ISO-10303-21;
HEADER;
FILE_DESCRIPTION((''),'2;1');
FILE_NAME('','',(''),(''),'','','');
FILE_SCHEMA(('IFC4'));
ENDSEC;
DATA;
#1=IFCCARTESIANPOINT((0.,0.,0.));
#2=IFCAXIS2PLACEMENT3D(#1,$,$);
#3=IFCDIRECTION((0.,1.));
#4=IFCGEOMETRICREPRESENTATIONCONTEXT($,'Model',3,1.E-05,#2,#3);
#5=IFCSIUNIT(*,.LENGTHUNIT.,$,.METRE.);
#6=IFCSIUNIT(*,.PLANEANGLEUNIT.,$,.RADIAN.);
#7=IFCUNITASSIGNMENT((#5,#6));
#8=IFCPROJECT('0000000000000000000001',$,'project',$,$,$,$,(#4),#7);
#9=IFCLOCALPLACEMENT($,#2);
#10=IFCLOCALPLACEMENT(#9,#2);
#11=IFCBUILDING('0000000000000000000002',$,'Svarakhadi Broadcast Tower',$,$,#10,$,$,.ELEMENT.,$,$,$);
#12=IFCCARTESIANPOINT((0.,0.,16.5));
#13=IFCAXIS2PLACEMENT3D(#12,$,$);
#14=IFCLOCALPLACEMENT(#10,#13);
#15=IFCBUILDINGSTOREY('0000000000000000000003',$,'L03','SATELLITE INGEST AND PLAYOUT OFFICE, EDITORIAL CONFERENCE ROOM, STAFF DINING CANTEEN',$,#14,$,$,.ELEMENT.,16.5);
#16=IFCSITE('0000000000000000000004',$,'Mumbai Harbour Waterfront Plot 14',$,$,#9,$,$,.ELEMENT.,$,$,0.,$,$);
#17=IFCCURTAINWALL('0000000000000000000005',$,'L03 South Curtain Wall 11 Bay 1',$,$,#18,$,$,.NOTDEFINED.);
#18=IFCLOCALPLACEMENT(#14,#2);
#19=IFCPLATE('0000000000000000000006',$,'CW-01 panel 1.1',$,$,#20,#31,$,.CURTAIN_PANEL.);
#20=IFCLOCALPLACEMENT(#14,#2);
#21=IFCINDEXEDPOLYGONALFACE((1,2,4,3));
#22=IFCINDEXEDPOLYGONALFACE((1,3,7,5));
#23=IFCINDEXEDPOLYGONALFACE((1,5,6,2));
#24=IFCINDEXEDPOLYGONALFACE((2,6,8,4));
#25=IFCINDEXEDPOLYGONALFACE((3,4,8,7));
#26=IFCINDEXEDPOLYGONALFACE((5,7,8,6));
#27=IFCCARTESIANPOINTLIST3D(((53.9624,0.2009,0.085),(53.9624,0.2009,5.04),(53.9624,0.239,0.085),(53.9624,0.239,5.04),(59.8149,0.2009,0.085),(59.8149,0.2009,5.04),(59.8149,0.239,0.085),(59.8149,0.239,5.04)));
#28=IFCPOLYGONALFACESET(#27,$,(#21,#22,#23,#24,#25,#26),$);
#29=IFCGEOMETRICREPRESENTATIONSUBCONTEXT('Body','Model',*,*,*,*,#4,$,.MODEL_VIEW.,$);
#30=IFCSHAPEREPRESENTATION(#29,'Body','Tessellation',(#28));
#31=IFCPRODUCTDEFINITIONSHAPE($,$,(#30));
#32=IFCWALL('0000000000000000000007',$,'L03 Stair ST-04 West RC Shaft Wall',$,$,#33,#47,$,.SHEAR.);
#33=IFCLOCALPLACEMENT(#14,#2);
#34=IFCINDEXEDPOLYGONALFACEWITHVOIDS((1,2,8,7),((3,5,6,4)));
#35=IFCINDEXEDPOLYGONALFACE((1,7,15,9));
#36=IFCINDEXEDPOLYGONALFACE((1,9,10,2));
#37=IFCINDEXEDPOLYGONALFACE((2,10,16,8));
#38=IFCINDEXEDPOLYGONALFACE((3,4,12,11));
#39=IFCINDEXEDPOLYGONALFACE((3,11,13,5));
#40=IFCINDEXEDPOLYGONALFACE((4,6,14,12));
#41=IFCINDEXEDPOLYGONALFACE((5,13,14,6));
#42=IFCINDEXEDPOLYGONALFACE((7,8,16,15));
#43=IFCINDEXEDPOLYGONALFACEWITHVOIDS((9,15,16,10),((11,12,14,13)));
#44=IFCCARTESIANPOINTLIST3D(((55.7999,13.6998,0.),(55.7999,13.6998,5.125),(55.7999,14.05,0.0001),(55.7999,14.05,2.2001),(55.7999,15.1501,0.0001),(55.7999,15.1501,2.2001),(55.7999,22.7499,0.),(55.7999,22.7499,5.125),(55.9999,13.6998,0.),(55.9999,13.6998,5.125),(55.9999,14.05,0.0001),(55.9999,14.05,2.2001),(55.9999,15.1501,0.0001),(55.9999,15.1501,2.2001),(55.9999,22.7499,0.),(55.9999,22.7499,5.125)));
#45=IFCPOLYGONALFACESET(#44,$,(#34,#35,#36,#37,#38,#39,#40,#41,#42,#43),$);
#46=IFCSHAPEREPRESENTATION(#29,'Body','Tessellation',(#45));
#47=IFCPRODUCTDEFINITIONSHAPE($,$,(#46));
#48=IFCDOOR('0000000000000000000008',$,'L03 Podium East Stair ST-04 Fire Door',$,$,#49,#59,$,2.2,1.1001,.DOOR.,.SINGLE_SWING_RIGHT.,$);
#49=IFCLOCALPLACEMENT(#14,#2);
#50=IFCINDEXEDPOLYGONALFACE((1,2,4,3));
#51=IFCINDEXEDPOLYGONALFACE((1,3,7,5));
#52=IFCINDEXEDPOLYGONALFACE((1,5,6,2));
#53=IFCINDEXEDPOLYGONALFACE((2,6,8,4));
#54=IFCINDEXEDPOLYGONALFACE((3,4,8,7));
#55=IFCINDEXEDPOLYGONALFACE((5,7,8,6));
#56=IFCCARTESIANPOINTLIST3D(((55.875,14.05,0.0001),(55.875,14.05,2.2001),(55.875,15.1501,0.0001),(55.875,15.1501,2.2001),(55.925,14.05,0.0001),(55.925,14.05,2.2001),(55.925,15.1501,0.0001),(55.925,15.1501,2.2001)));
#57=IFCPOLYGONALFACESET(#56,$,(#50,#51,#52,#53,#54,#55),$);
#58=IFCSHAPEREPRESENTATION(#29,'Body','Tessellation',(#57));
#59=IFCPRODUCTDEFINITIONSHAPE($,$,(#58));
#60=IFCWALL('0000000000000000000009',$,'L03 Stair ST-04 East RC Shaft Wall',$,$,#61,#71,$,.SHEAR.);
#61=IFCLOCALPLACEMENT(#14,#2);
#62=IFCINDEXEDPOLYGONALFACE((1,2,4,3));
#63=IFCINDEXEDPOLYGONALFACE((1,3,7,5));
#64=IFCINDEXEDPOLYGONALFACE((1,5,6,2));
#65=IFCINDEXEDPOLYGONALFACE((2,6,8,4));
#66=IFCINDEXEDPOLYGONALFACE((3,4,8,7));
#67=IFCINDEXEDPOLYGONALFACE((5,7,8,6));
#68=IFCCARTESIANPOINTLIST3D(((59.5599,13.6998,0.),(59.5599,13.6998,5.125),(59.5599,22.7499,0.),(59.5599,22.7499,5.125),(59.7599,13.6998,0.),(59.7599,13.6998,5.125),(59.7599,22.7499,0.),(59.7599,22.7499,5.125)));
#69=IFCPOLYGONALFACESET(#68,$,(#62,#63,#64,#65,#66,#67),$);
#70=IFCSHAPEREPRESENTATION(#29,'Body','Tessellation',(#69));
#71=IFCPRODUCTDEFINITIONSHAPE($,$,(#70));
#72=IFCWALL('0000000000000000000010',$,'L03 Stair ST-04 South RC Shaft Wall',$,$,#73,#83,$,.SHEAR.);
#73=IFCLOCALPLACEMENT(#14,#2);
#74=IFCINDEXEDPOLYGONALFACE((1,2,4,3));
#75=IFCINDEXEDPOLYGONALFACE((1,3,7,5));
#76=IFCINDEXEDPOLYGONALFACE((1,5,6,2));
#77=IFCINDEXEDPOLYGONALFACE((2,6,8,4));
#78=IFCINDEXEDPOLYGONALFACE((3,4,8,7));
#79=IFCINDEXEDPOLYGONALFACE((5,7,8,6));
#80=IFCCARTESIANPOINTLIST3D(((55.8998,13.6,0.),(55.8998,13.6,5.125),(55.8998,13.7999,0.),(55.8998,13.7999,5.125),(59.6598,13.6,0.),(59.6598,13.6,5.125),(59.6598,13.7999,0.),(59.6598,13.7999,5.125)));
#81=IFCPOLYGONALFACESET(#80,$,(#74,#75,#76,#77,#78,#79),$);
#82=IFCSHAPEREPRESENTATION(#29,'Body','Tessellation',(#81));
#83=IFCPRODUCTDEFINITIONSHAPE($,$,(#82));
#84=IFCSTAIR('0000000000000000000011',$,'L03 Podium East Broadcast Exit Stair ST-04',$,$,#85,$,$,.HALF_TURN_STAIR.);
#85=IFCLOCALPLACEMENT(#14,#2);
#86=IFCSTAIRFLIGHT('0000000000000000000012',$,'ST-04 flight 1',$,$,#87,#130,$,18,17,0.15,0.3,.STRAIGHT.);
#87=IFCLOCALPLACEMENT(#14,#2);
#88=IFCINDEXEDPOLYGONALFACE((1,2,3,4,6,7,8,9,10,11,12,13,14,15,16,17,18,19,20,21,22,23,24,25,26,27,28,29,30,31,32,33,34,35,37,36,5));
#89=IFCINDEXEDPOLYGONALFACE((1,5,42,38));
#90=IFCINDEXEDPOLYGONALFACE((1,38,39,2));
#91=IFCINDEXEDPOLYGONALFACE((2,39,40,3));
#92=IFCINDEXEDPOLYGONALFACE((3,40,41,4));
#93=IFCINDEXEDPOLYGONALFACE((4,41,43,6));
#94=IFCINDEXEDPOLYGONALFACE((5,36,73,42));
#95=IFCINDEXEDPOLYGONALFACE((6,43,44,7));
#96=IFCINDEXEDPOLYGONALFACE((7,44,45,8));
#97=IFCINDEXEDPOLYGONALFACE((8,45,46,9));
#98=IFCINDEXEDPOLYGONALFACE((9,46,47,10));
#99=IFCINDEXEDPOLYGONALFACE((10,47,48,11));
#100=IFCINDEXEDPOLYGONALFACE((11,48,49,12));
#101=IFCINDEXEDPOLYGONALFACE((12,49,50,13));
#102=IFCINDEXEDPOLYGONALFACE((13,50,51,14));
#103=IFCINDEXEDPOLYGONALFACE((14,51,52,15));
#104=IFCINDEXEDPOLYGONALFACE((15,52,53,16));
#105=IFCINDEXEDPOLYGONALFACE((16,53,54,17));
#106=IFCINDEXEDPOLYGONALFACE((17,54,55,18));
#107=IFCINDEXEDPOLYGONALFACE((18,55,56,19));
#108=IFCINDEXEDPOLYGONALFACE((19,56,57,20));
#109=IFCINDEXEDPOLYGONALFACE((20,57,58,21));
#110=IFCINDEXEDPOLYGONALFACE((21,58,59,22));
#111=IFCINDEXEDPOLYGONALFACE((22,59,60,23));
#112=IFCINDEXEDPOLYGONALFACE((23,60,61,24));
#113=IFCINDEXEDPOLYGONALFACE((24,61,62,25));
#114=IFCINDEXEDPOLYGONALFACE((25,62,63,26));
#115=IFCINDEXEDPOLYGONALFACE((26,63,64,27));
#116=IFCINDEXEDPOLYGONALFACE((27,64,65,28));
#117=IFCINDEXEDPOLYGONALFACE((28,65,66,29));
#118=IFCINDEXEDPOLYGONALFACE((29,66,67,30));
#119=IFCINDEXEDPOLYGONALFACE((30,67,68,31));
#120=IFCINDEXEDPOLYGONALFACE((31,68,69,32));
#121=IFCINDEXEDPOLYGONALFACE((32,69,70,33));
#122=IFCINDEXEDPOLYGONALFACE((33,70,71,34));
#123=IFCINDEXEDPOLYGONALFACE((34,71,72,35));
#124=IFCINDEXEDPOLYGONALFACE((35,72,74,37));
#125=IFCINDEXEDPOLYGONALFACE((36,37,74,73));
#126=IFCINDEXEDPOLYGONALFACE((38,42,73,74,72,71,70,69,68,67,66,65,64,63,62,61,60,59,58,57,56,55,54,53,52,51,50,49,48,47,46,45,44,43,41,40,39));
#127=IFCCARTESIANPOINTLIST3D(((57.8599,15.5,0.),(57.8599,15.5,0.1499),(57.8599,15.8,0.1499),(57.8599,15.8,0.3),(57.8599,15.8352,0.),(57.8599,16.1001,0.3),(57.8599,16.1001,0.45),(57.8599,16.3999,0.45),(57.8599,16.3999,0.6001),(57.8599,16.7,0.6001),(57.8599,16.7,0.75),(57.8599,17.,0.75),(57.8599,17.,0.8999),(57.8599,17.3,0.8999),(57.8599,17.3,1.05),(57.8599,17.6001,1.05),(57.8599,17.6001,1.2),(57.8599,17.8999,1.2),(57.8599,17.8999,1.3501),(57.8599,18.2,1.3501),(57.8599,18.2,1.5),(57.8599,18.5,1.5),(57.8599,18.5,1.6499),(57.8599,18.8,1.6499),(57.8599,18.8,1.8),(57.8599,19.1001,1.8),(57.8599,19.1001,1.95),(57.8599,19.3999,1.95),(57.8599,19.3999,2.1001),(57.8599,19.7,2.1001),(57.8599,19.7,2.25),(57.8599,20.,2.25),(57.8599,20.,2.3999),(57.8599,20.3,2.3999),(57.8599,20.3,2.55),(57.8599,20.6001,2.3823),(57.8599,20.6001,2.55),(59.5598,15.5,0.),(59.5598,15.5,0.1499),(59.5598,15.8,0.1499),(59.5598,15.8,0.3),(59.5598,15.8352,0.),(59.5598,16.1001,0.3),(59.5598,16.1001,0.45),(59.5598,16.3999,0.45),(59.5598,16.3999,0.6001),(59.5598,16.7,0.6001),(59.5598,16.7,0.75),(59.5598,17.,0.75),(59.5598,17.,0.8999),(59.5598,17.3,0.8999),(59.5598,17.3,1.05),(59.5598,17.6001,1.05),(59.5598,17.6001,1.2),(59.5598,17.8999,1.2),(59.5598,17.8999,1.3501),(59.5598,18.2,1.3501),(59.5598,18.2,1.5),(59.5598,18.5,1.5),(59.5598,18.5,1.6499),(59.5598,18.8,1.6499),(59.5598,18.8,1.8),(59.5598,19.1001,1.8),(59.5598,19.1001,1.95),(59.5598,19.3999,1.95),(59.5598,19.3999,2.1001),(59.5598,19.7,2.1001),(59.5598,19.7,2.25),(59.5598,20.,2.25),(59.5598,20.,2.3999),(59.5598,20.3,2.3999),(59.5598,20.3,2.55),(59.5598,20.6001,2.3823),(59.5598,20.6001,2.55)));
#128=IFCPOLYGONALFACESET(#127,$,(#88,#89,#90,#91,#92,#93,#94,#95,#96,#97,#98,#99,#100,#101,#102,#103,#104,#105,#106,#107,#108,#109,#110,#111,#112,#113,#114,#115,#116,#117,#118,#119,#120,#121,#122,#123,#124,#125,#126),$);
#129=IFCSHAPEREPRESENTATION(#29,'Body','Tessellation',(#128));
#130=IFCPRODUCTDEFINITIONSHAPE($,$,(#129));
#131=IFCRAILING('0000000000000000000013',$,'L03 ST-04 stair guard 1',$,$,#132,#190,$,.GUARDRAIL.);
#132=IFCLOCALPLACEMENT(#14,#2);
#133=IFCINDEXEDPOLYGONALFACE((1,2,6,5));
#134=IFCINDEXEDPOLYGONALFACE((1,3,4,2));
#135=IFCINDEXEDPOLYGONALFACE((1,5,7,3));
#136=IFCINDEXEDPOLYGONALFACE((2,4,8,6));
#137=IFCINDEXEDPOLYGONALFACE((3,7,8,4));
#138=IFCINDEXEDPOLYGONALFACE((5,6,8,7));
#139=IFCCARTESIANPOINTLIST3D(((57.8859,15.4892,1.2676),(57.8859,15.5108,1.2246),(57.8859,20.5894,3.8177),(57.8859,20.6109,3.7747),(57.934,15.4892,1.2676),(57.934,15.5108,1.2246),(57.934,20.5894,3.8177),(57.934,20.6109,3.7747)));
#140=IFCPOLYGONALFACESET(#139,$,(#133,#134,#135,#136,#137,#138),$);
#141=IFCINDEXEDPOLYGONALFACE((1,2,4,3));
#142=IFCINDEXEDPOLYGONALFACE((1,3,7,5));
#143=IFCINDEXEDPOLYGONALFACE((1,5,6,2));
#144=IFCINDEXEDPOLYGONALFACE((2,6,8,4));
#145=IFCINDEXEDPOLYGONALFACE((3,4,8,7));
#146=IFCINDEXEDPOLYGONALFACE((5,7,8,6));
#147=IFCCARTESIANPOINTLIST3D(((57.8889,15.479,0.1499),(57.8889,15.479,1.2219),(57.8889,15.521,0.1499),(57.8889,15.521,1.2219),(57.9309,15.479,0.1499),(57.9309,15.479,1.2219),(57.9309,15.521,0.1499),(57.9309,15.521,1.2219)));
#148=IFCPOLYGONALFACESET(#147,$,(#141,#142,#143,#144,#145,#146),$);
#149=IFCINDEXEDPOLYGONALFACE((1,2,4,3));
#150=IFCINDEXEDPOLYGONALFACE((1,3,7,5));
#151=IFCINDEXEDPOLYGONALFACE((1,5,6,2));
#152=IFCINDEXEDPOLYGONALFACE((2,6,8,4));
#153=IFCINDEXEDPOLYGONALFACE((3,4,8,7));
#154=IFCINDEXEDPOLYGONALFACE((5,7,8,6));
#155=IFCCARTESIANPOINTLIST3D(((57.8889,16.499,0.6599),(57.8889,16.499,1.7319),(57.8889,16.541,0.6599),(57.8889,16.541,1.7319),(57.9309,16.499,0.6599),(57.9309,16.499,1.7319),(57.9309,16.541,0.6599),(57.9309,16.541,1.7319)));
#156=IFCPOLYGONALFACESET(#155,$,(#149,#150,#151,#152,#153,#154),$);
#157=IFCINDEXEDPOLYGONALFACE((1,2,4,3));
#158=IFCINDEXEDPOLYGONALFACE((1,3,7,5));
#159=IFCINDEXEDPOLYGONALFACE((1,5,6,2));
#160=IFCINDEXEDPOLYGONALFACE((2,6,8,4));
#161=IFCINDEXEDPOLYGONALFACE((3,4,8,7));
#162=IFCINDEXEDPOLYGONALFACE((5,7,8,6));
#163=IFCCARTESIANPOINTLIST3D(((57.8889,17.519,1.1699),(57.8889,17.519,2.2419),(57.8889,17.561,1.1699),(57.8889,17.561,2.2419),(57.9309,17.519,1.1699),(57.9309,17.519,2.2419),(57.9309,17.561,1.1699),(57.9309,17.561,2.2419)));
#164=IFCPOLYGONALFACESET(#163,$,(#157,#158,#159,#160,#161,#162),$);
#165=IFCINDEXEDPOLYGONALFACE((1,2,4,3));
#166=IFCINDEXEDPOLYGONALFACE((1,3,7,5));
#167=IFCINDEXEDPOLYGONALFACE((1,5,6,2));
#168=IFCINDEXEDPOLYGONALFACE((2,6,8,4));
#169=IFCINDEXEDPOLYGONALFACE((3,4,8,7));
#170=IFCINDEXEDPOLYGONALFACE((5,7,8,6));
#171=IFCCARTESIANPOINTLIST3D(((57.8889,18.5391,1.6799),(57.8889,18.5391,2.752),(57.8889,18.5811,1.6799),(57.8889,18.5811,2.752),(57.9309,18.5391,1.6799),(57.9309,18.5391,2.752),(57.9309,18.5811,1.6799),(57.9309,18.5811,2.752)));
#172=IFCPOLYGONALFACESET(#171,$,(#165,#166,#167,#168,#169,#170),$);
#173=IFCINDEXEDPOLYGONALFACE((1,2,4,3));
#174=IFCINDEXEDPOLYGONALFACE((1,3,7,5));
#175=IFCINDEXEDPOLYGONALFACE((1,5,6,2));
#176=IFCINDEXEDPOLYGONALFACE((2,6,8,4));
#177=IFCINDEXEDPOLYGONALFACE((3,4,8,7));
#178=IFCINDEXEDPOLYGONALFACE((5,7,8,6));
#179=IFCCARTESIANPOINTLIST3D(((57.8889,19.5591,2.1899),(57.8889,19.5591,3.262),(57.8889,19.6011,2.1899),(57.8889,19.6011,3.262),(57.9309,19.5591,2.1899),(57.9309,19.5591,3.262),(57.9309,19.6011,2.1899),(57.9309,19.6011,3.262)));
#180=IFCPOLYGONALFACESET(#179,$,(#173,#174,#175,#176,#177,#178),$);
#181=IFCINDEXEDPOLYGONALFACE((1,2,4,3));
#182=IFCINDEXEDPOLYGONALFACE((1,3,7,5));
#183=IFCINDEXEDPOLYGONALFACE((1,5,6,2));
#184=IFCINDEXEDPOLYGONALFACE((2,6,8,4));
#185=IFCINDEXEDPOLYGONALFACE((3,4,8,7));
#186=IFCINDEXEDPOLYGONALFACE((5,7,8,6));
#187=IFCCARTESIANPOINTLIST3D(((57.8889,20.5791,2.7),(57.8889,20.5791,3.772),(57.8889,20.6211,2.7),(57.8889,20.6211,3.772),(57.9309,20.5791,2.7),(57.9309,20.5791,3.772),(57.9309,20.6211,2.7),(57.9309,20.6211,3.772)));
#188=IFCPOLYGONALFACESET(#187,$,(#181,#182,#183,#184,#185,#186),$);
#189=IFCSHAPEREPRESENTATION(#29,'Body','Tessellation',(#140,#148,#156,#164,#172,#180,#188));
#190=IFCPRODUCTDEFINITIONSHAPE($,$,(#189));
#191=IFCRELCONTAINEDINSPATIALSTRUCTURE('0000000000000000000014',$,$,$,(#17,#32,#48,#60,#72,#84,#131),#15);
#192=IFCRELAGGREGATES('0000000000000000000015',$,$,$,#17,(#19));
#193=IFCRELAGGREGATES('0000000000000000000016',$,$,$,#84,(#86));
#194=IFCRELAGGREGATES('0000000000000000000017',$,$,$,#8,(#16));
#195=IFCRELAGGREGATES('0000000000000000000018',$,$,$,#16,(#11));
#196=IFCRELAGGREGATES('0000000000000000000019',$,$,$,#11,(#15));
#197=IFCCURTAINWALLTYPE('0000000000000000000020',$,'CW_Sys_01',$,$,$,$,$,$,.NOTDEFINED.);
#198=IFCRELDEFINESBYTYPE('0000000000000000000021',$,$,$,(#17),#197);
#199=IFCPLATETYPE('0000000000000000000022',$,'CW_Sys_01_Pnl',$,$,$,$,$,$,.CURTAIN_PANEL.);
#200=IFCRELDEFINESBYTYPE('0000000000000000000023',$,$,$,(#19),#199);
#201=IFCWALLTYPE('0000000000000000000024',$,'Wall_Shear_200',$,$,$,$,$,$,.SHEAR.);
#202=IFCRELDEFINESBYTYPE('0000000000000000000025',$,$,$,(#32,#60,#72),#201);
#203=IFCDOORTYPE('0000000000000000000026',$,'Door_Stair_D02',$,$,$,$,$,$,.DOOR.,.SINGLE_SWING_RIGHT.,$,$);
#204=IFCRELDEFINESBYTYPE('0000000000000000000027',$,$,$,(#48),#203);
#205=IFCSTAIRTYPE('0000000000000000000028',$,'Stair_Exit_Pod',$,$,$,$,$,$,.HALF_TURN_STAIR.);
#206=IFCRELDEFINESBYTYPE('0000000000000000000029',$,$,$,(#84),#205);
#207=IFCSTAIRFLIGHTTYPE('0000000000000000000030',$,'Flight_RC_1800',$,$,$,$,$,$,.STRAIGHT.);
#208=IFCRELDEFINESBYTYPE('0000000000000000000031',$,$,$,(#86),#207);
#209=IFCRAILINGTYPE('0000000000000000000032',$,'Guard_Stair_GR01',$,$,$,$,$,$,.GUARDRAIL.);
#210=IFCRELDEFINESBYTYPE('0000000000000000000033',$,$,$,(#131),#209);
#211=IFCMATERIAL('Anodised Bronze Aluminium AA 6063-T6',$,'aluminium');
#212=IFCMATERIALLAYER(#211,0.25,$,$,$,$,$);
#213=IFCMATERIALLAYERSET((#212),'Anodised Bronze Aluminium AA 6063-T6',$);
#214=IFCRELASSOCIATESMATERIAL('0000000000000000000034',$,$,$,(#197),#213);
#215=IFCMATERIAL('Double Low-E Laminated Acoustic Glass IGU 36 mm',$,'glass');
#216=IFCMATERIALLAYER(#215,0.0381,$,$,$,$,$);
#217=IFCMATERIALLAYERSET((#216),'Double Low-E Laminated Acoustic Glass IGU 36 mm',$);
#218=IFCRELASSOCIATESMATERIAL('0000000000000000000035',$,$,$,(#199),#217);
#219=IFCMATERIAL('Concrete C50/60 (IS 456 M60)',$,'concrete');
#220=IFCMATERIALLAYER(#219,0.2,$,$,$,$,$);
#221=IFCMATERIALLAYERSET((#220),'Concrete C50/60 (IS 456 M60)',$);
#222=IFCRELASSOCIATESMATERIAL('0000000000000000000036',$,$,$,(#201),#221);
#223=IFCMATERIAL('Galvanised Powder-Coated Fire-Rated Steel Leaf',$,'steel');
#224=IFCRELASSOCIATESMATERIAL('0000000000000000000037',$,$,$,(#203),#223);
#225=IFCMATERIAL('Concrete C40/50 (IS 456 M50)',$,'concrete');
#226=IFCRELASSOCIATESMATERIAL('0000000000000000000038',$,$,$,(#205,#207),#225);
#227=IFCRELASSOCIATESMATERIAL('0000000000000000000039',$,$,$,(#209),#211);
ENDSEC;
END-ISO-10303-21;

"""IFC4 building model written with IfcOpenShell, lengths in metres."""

from ifc_helpers import new_model, si_unit, direction, frame, frame_2d, origin, origin_2d, place, context, subcontext, project, spatial, polyline, rectangle, outline, extrude, material, layer, layer_set, type_object, element, fill, aggregate, save


model = new_model("IFC4")

# Units and contexts
model_context = context("Model", 3, precision=1e-05, world=origin(), true_north=direction((0.0, 1.0)))
body_context = subcontext(model_context, "Body", "Model", "MODEL_VIEW")
ifc_project = project(units=[si_unit("LENGTHUNIT", "METRE"), si_unit("PLANEANGLEUNIT", "RADIAN")], contexts=[model_context])

# Site, building, storey
site_placement = place(None, origin())
site = spatial("IfcSite", under=ifc_project, at=site_placement, Name="Mumbai Harbour Waterfront Plot 14", CompositionType="ELEMENT", RefElevation=0.0)
building_placement = place(site_placement, origin())
building = spatial("IfcBuilding", under=site, at=building_placement, Name="Svarakhadi Broadcast Tower", CompositionType="ELEMENT")
storey_placement = place(building_placement, frame((0.0, 0.0, 16.5)))
storey = spatial("IfcBuildingStorey", under=building, at=storey_placement, Name="L03", Description="SATELLITE INGEST AND PLAYOUT OFFICE, EDITORIAL CONFERENCE ROOM, STAFF DINING CANTEEN", CompositionType="ELEMENT", Elevation=16.5)

# Shared definitions
ifc_material_1 = material(Name="Anodised Bronze Aluminium AA 6063-T6", Category="aluminium")
ifc_layer_1 = layer(ifc_material_1, 0.25)
ifc_layer_set_1 = layer_set([ifc_layer_1], Name="Anodised Bronze Aluminium AA 6063-T6")
curtain_wall_type = type_object("IfcCurtainWallType", Name="CW_Sys_01", PredefinedType="NOTDEFINED", material=ifc_layer_set_1)

# Curtain wall
curtain_wall_1_placement = place(storey_placement, origin())
curtain_wall_1 = element("IfcCurtainWall", 1, at=curtain_wall_1_placement, inside=storey, type_object=curtain_wall_type, Name="L03 South Curtain Wall 11 Bay 1", PredefinedType="NOTDEFINED")

# Shared definitions
ifc_material_2 = material(Name="Concrete C50/60 (IS 456 M60)", Category="concrete")

# Plate
ifc_material_3 = material(Name="Double Low-E Laminated Acoustic Glass IGU 36 mm", Category="glass")
ifc_layer_2 = layer(ifc_material_3, 0.0381)
ifc_layer_set_2 = layer_set([ifc_layer_2], Name="Double Low-E Laminated Acoustic Glass IGU 36 mm")
plate_type = type_object("IfcPlateType", Name="CW_Sys_01_Pnl", PredefinedType="CURTAIN_PANEL", material=ifc_layer_set_2)
plate_1_placement = place(storey_placement, frame((56.8887, 0.22, 0.085), z_axis=(0.0, 0.0, 1.0), x_axis=(-1.0, 0.0, 0.0)))
plate_1 = element("IfcPlate", 2, at=plate_1_placement, type_object=plate_type, Name="CW-01 panel 1.1", PredefinedType="CURTAIN_PANEL", context=body_context, shape_type="SweptSolid", body=[
    extrude(rectangle(XDim=5.8525, YDim=0.0381, at=origin_2d()), origin(), (0.0, 0.0, 1.0), 4.9551),
])
aggregate(curtain_wall_1, [plate_1])

# Wall, opening, door
ifc_layer_3 = layer(ifc_material_2, 0.2)
ifc_layer_set_3 = layer_set([ifc_layer_3], Name="Concrete C50/60 (IS 456 M60)")
wall_type = type_object("IfcWallType", Name="Wall_Shear_200", PredefinedType="SHEAR", material=ifc_layer_set_3)
wall_1_placement = place(storey_placement, frame((55.8999, 13.7, 0.0), z_axis=(0.0, 0.0, 1.0), x_axis=(0.0, 1.0, 0.0)))
wall_1 = element("IfcWall", 3, at=wall_1_placement, inside=storey, type_object=wall_type, Name="L03 Stair ST-04 West RC Shaft Wall", PredefinedType="SHEAR", context=body_context, shape_type="SweptSolid", body=[
    extrude(rectangle(XDim=9.05, YDim=0.2, at=frame_2d((4.5249, 0.0))), origin(), (0.0, 0.0, 1.0), 5.125),
])
opening_placement = place(wall_1_placement, frame((0.3501, 0.0, 0.0)))
opening = element("IfcOpeningElement", 4, at=opening_placement, cuts=wall_1, PredefinedType="OPENING", context=body_context, shape_type="SweptSolid", body=[
    extrude(rectangle(XDim=1.1001, YDim=2.2, at=frame_2d((0.55, 1.1001))), frame((0.0, 0.1099, 0.0), z_axis=(0.0, -1.0, 0.0), x_axis=(1.0, 0.0, 0.0)), (0.0, 0.0, 1.0), 0.22),
])
ifc_material_4 = material(Name="Galvanised Powder-Coated Fire-Rated Steel Leaf", Category="steel")
door_type = type_object("IfcDoorType", Name="Door_Stair_D02", OperationType="SINGLE_SWING_RIGHT", PredefinedType="DOOR", material=ifc_material_4)
door_placement = place(opening_placement, origin())
door = element("IfcDoor", 5, at=door_placement, inside=storey, type_object=door_type, Name="L03 Podium East Stair ST-04 Fire Door", OperationType="SINGLE_SWING_RIGHT", OverallHeight=2.2, OverallWidth=1.1001, PredefinedType="DOOR", context=body_context, shape_type="SweptSolid", body=[
    extrude(rectangle(XDim=1.1001, YDim=2.2, at=frame_2d((0.55, 1.1001))), frame((0.0, 0.0249, 0.0), z_axis=(0.0, -1.0, 0.0), x_axis=(1.0, 0.0, 0.0)), (0.0, 0.0, 1.0), 0.05),
])
fill(opening, door)

# Walls
wall_2_placement = place(storey_placement, frame((59.6599, 13.7, 0.0), z_axis=(0.0, 0.0, 1.0), x_axis=(0.0, 1.0, 0.0)))
element("IfcWall", 6, at=wall_2_placement, inside=storey, type_object=wall_type, Name="L03 Stair ST-04 East RC Shaft Wall", PredefinedType="SHEAR", context=body_context, shape_type="SweptSolid", body=[
    extrude(rectangle(XDim=9.05, YDim=0.2, at=frame_2d((4.5249, 0.0))), origin(), (0.0, 0.0, 1.0), 5.125),
])
wall_3_placement = place(storey_placement, frame((55.8999, 13.7, 0.0), z_axis=(0.0, 0.0, 1.0), x_axis=(1.0, 0.0, 0.0)))
element("IfcWall", 7, at=wall_3_placement, inside=storey, type_object=wall_type, Name="L03 Stair ST-04 South RC Shaft Wall", PredefinedType="SHEAR", context=body_context, shape_type="SweptSolid", body=[
    extrude(rectangle(XDim=3.76, YDim=0.2, at=frame_2d((1.8799, 0.0))), origin(), (0.0, 0.0, 1.0), 5.125),
])

# Stair, stair flight
ifc_material_5 = material(Name="Concrete C40/50 (IS 456 M50)", Category="concrete")
stair_type = type_object("IfcStairType", Name="Stair_Exit_Pod", PredefinedType="HALF_TURN_STAIR", material=ifc_material_5)
stair_placement = place(storey_placement, origin())
stair = element("IfcStair", 8, at=stair_placement, inside=storey, type_object=stair_type, Name="L03 Podium East Broadcast Exit Stair ST-04", PredefinedType="HALF_TURN_STAIR")
stair_flight_type = type_object("IfcStairFlightType", Name="Flight_RC_1800", PredefinedType="STRAIGHT", material=ifc_material_5)
stair_flight_placement = place(storey_placement, frame((58.71, 15.5, 0.0), z_axis=(0.0, 0.0, 1.0), x_axis=(0.0, 1.0, 0.0)))
stair_flight = element("IfcStairFlight", 9, at=stair_flight_placement, type_object=stair_flight_type, Name="ST-04 flight 1", NumberOfRisers=18, NumberOfTreads=17, PredefinedType="STRAIGHT", RiserHeight=0.15, TreadLength=0.3, context=body_context, shape_type="SweptSolid", body=[
    extrude(outline(polyline([(0.0, 0.0), (0.0, 0.1499), (0.3, 0.1499), (0.3, 0.3), (0.6001, 0.3), (0.6001, 0.45), (0.8999, 0.45), (0.8999, 0.6001), (1.2, 0.6001), (1.2, 0.75), (1.5, 0.75), (1.5, 0.8999), (1.8, 0.8999), (1.8, 1.05), (2.1001, 1.05), (2.1001, 1.2), (2.3999, 1.2), (2.3999, 1.3501), (2.7, 1.3501), (2.7, 1.5), (3.0, 1.5), (3.0, 1.6499), (3.3, 1.6499), (3.3, 1.8), (3.6001, 1.8), (3.6001, 1.95), (3.8999, 1.95), (3.8999, 2.1001), (4.2, 2.1001), (4.2, 2.25), (4.5, 2.25), (4.5, 2.3999), (4.8, 2.3999), (4.8, 2.55), (5.1001, 2.55), (5.1001, 2.7), (5.1001, 2.3823), (0.3352, 0.0), (0.0, 0.0)])), frame((0.0, 0.8501, 0.0), z_axis=(0.0, -1.0, 0.0), x_axis=(1.0, 0.0, 0.0)), (0.0, 0.0, 1.0), 1.7),
])
aggregate(stair, [stair_flight])

# Railing
railing_type_1 = type_object("IfcRailingType", Name="Guard_Stair_GR01", PredefinedType="GUARDRAIL", material=ifc_material_1)
railing_1_placement = place(storey_placement, frame((57.9099, 15.5, 0.1499)))
element("IfcRailing", 10, at=railing_1_placement, inside=storey, type_object=railing_type_1, Name="L03 ST-04 stair guard 1", PredefinedType="GUARDRAIL", context=body_context, shape_type="SweptSolid", body=[
    extrude(rectangle(XDim=0.0481, YDim=0.0481, at=origin_2d()), frame((0.0, 0.0, 1.0962), z_axis=(0.0, 0.894427, 0.447214), x_axis=(-1.0, 0.0, 0.0)), (0.0, 0.0, 1.0), 5.7021),
    extrude(rectangle(XDim=0.042, YDim=0.042, at=origin_2d()), origin(), (0.0, 0.0, 1.0), 1.072),
    extrude(rectangle(XDim=0.042, YDim=0.042, at=origin_2d()), frame((0.0, 1.02, 0.51)), (0.0, 0.0, 1.0), 1.072),
    extrude(rectangle(XDim=0.042, YDim=0.042, at=origin_2d()), frame((0.0, 2.04, 1.02)), (0.0, 0.0, 1.0), 1.072),
    extrude(rectangle(XDim=0.042, YDim=0.042, at=origin_2d()), frame((0.0, 3.0601, 1.53)), (0.0, 0.0, 1.0), 1.072),
    extrude(rectangle(XDim=0.042, YDim=0.042, at=origin_2d()), frame((0.0, 4.0801, 2.04)), (0.0, 0.0, 1.0), 1.072),
    extrude(rectangle(XDim=0.042, YDim=0.042, at=origin_2d()), frame((0.0, 5.1001, 2.55)), (0.0, 0.0, 1.0), 1.072),
])

save(model, "model.ifc")
